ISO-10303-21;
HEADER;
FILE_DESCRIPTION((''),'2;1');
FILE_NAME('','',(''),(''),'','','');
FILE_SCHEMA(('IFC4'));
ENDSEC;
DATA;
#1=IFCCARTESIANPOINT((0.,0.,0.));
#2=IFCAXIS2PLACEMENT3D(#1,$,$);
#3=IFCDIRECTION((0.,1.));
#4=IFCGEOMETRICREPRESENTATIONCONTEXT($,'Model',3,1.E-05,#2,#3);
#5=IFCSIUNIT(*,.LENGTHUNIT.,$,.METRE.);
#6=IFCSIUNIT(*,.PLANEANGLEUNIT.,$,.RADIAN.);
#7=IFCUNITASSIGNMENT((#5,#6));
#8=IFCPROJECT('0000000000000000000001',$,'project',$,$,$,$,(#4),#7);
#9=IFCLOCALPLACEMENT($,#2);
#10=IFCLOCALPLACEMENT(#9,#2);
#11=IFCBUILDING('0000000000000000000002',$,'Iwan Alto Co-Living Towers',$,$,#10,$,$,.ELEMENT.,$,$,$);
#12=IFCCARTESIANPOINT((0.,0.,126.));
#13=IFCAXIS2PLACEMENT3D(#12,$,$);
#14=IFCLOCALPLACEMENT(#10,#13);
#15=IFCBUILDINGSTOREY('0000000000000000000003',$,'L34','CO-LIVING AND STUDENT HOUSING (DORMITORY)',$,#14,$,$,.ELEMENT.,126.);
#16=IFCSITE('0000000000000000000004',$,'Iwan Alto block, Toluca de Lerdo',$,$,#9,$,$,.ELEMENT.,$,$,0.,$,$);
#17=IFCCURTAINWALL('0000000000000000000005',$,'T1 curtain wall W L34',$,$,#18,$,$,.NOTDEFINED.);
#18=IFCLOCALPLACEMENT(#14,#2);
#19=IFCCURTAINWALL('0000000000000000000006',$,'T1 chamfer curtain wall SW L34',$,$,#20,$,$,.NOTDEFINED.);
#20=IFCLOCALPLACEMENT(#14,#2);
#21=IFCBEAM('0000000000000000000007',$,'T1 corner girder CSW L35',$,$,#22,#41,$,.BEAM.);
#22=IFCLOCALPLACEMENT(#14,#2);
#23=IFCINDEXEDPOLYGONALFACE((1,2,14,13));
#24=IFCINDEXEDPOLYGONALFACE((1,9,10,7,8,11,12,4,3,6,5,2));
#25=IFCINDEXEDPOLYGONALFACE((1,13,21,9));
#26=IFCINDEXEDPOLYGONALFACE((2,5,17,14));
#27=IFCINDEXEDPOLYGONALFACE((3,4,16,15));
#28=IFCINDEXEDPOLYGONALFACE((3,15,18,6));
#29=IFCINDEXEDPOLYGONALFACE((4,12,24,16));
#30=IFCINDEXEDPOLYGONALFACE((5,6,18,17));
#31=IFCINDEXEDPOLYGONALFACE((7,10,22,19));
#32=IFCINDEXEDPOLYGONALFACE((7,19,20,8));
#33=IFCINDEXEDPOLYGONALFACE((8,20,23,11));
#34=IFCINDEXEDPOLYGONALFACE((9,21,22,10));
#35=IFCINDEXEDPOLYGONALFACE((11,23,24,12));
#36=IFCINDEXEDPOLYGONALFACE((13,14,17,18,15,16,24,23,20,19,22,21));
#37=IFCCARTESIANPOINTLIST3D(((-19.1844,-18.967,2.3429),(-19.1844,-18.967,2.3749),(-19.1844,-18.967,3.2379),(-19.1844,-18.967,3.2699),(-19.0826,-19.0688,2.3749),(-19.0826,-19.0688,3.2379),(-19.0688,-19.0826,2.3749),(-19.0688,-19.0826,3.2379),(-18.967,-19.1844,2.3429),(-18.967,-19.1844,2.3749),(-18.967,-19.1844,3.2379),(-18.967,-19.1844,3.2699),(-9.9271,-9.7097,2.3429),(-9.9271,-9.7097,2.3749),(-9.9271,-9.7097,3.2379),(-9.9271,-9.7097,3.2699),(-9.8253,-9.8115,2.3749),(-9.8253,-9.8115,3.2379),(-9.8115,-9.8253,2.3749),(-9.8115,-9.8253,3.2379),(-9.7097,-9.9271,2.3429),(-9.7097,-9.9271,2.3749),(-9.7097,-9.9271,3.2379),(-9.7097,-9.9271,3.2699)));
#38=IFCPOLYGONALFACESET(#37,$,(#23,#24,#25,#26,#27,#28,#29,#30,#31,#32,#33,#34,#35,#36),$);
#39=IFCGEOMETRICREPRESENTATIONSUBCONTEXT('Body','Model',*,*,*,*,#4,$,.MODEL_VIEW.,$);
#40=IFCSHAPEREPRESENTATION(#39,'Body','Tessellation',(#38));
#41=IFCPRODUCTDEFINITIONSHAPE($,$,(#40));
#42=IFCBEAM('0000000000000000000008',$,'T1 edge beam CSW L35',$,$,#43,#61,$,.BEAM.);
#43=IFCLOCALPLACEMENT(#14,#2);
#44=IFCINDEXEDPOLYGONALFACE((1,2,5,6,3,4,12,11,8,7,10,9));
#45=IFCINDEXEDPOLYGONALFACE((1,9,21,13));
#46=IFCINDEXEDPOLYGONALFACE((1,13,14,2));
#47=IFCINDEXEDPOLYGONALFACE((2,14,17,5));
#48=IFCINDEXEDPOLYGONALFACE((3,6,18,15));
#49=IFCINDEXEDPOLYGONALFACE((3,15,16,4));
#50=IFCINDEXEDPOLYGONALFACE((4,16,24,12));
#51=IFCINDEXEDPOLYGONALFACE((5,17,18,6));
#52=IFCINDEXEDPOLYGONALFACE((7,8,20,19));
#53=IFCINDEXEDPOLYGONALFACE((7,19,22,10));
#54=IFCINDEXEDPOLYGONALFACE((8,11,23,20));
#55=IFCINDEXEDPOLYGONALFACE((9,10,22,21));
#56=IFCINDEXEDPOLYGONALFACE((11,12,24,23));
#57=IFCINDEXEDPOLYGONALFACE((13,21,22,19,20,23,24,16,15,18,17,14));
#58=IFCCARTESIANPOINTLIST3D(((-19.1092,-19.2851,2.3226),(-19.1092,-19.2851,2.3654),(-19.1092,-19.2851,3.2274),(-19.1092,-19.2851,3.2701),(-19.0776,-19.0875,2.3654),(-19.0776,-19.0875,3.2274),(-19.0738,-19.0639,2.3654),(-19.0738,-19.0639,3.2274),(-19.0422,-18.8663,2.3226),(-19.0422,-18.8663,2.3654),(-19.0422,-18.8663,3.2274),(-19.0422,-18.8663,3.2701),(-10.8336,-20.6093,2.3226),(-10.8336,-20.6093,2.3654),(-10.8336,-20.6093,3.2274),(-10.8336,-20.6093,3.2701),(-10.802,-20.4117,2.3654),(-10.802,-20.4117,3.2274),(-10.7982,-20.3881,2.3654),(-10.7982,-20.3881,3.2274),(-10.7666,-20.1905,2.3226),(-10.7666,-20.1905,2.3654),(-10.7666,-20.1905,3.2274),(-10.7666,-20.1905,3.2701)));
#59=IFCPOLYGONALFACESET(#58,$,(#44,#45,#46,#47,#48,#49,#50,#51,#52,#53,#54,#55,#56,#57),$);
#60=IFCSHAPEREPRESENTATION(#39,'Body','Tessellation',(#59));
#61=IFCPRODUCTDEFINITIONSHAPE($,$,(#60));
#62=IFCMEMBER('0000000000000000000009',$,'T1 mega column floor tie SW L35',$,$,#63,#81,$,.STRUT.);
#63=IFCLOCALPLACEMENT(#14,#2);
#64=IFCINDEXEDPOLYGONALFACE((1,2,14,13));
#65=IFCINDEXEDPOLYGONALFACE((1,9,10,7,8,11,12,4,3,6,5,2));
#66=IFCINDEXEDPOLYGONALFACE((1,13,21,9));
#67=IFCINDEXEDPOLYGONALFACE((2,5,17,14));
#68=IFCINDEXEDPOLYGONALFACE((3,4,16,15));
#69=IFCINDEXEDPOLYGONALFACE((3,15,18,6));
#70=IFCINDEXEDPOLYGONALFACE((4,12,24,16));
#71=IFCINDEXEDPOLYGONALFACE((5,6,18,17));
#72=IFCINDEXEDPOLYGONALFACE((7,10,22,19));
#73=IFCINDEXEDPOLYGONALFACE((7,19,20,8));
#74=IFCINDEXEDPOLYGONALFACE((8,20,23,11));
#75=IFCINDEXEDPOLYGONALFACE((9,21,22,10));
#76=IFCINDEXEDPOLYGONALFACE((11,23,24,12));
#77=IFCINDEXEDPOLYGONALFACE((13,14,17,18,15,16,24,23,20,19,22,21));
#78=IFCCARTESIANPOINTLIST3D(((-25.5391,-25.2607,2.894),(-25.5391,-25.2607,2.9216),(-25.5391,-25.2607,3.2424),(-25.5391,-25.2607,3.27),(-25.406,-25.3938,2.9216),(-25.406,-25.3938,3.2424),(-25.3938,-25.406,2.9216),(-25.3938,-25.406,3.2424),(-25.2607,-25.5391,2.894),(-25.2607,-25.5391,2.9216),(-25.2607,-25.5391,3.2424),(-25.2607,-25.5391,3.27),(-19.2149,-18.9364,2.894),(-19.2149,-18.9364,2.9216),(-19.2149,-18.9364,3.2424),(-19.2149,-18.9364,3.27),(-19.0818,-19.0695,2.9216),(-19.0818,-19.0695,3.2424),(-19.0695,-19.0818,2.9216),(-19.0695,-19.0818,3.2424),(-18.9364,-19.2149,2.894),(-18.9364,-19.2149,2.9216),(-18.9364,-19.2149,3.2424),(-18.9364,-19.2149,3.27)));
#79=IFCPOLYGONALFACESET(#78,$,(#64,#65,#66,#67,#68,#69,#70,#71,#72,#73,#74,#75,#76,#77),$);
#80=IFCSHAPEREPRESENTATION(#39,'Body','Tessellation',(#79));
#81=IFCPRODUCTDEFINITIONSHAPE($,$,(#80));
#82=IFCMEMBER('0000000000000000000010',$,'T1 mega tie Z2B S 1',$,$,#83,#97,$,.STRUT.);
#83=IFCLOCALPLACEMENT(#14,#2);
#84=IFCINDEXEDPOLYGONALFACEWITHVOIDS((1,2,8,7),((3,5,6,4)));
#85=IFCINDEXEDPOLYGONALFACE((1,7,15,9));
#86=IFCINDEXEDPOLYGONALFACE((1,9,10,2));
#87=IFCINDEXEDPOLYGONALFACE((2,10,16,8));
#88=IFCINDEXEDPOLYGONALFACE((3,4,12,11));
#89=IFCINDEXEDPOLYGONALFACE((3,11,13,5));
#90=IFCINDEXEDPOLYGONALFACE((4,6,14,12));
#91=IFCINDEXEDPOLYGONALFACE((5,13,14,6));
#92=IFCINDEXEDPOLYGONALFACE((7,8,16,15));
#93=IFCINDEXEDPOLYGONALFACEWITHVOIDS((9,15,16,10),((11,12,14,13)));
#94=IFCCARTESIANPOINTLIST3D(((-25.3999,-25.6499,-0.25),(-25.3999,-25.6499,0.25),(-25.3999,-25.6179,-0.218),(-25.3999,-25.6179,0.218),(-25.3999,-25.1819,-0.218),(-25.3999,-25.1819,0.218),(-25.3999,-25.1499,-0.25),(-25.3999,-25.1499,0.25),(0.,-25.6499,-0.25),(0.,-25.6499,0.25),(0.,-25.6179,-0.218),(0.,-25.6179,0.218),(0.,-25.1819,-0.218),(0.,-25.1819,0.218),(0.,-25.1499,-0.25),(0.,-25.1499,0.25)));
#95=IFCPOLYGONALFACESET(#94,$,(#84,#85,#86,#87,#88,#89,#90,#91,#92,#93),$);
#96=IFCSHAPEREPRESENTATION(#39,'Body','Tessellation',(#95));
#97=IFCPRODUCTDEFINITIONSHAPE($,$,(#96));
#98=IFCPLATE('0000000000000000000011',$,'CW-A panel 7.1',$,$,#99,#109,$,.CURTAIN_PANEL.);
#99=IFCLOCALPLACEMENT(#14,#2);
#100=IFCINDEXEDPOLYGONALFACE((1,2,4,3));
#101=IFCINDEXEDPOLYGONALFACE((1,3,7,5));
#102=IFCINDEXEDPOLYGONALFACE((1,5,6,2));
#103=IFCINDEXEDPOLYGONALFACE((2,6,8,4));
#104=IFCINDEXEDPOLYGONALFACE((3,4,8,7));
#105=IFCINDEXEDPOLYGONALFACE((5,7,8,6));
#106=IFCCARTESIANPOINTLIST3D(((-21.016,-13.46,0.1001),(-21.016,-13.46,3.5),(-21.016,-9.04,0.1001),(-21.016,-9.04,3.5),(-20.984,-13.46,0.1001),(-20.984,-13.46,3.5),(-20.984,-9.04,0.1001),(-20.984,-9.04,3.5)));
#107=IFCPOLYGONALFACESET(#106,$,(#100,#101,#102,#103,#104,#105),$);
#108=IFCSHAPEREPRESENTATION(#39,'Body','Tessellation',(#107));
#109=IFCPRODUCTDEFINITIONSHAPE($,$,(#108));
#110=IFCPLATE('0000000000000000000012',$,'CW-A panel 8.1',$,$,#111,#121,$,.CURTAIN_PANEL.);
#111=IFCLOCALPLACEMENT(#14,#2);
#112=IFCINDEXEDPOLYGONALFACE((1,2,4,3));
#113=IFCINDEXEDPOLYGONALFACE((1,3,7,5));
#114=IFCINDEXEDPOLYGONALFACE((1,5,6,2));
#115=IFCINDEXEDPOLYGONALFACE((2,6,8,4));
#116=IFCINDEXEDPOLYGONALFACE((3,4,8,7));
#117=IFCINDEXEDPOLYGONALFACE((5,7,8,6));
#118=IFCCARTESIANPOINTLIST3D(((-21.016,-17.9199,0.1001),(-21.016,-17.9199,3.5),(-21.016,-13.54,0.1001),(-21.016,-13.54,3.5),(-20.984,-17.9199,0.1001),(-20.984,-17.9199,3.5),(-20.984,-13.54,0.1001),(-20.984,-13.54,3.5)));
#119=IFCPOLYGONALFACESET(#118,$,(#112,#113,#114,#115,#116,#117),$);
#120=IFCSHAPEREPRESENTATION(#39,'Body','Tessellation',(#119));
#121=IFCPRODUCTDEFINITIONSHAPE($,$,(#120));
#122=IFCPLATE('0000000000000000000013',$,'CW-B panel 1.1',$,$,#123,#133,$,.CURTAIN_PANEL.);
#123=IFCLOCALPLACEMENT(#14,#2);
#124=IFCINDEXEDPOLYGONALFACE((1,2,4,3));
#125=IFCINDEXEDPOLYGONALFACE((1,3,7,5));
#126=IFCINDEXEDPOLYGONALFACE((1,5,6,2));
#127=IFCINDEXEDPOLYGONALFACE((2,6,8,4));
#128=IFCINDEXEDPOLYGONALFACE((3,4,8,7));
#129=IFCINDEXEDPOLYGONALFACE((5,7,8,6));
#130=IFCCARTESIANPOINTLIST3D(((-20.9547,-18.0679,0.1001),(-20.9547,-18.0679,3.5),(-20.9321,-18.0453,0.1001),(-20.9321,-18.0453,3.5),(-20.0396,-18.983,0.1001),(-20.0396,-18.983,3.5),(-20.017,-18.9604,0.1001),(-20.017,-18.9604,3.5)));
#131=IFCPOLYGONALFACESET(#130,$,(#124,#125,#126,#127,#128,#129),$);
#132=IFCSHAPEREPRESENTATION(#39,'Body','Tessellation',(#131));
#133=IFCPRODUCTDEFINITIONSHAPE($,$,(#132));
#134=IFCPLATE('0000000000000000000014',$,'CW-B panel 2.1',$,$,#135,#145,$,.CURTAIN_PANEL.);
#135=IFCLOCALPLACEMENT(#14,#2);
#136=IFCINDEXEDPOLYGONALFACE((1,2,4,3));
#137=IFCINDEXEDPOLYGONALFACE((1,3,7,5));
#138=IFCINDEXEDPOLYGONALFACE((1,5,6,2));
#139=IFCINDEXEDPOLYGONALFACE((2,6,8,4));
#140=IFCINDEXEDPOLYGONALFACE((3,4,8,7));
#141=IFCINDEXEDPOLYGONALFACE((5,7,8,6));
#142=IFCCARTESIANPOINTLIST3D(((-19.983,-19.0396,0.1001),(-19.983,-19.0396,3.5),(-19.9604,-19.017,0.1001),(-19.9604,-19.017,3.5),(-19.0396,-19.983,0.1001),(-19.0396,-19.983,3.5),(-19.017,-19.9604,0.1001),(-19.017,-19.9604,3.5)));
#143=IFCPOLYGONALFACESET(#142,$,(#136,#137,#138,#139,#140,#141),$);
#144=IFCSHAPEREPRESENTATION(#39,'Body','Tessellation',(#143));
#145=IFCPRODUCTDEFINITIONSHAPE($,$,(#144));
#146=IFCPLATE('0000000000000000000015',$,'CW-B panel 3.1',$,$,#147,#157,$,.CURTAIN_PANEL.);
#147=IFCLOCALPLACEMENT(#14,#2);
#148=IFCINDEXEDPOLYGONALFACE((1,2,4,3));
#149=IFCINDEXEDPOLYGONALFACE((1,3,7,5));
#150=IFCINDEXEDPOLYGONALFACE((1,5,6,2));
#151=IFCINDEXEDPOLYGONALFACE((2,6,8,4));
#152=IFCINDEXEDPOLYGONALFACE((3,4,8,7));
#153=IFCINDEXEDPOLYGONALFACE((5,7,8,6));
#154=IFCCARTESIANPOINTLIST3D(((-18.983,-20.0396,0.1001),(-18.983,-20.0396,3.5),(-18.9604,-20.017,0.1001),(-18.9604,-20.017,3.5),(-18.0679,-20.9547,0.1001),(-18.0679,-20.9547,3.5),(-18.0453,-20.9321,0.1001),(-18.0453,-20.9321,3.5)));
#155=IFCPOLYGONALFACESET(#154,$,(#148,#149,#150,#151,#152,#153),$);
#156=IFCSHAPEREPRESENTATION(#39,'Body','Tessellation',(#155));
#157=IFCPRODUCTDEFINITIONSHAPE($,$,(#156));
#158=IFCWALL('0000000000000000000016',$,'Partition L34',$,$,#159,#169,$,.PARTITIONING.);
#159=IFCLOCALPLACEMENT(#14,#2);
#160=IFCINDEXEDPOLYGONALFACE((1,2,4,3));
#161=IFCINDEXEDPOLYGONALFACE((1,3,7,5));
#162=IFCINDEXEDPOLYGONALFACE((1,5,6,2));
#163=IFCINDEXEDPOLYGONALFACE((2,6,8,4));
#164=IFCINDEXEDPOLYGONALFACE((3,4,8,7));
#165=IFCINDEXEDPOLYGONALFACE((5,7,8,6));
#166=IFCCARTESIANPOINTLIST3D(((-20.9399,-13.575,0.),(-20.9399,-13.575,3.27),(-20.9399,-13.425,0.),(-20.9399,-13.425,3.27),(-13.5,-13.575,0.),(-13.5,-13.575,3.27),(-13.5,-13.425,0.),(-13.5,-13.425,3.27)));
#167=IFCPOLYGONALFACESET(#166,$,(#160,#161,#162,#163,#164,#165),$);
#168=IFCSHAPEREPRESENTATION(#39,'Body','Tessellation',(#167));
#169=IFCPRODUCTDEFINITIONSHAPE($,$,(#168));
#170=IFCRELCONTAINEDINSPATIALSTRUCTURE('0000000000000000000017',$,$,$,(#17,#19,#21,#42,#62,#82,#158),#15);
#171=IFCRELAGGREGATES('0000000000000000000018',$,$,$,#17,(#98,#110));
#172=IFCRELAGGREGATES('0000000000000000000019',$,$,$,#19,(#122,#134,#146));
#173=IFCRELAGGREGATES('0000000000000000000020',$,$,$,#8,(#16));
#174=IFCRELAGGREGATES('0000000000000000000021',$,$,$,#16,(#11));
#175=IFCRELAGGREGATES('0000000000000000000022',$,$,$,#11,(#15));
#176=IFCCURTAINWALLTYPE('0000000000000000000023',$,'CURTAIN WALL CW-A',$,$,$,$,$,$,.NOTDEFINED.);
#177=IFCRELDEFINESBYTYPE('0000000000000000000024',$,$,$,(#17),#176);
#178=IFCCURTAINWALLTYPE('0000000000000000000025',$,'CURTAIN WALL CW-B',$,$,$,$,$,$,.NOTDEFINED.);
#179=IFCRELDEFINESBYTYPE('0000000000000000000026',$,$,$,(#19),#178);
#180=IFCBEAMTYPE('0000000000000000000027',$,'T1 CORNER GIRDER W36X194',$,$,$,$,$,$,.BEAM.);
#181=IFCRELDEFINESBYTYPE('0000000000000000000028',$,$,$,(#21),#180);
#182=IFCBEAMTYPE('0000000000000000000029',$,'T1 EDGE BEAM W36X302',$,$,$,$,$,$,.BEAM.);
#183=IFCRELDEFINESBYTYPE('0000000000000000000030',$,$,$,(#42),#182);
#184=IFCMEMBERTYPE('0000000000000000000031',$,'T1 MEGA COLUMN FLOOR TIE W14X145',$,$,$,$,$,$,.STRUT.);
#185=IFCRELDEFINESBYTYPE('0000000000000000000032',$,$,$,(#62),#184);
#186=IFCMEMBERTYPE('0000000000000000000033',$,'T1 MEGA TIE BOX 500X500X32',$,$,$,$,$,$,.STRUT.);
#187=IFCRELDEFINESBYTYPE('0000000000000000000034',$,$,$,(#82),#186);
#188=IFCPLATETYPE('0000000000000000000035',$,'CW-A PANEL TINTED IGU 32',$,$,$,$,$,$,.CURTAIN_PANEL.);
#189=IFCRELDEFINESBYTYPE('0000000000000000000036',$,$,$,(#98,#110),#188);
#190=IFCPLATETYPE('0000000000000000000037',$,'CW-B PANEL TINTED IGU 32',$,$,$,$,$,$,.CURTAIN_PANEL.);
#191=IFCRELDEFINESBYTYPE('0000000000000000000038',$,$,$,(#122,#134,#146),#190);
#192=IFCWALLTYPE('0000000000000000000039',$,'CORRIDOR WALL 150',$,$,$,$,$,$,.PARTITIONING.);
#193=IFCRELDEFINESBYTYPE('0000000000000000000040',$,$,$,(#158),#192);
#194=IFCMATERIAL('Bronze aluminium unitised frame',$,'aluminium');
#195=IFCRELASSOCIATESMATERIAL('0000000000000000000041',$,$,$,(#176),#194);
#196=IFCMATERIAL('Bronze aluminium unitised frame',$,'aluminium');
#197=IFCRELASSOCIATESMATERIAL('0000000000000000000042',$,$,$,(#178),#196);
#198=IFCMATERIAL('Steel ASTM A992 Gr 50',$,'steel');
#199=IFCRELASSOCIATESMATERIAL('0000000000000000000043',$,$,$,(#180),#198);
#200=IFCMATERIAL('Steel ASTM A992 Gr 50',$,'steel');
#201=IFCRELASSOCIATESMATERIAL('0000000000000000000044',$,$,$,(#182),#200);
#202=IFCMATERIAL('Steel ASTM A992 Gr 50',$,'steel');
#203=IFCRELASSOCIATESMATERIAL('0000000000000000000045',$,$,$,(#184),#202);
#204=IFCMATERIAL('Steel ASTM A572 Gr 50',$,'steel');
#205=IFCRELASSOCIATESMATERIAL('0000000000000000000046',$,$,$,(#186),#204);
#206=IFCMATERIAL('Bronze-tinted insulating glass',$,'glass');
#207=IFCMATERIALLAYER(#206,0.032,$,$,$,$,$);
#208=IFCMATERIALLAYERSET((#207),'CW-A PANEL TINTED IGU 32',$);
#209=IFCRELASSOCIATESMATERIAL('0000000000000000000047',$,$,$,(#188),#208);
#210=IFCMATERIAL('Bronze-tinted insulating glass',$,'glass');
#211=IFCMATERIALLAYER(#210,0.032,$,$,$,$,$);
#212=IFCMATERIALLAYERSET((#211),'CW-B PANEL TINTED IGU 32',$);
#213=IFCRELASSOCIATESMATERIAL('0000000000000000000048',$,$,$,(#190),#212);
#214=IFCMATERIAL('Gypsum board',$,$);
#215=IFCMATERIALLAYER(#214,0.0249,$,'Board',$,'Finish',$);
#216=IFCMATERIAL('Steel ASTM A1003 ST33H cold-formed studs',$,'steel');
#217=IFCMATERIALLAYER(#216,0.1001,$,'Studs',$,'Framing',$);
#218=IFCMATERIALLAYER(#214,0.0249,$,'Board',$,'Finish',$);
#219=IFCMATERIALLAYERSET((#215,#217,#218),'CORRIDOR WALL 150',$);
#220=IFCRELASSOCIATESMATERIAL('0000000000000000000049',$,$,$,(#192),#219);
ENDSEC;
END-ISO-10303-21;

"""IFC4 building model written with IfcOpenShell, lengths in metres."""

from ifc_helpers import new_model, si_unit, direction, frame, frame_2d, origin, origin_2d, place, context, subcontext, project, spatial, rectangle, hollow_rectangle, i_section, extrude, material, layer, layer_set, material_profile, profile_set, type_object, element, aggregate, save


model = new_model("IFC4")

# Units and contexts
model_context = context("Model", 3, precision=1e-05, world=origin(), true_north=direction((0.0, 1.0)))
body_context = subcontext(model_context, "Body", "Model", "MODEL_VIEW")
ifc_project = project(units=[si_unit("LENGTHUNIT", "METRE"), si_unit("PLANEANGLEUNIT", "RADIAN")], contexts=[model_context])

# Site, building, storey
site_placement = place(None, origin())
site = spatial("IfcSite", under=ifc_project, at=site_placement, Name="Iwan Alto block, Toluca de Lerdo", CompositionType="ELEMENT", RefElevation=0.0)
building_placement = place(site_placement, origin())
building = spatial("IfcBuilding", under=site, at=building_placement, Name="Iwan Alto Co-Living Towers", CompositionType="ELEMENT")
storey_placement = place(building_placement, frame((0.0, 0.0, 126.0)))
storey = spatial("IfcBuildingStorey", under=building, at=storey_placement, Name="L34", Description="CO-LIVING AND STUDENT HOUSING (DORMITORY)", CompositionType="ELEMENT", Elevation=126.0)

# Curtain walls
ifc_material_1 = material(Name="Bronze aluminium unitised frame", Category="aluminium")
curtain_wall_type_1 = type_object("IfcCurtainWallType", Name="CURTAIN WALL CW-A", PredefinedType="NOTDEFINED", material=ifc_material_1)
curtain_wall_1_placement = place(storey_placement, origin())
curtain_wall_1 = element("IfcCurtainWall", 1, at=curtain_wall_1_placement, inside=storey, type_object=curtain_wall_type_1, Name="T1 curtain wall W L34", PredefinedType="NOTDEFINED")
ifc_material_2 = material(Name="Bronze aluminium unitised frame", Category="aluminium")
curtain_wall_type_2 = type_object("IfcCurtainWallType", Name="CURTAIN WALL CW-B", PredefinedType="NOTDEFINED", material=ifc_material_2)
curtain_wall_2_placement = place(storey_placement, origin())
curtain_wall_2 = element("IfcCurtainWall", 2, at=curtain_wall_2_placement, inside=storey, type_object=curtain_wall_type_2, Name="T1 chamfer curtain wall SW L34", PredefinedType="NOTDEFINED")

# Beams
ifc_material_3 = material(Name="Steel ASTM A992 Gr 50", Category="steel")
ifc_material_profile_1 = material_profile(ifc_material_3, i_section(OverallWidth=0.3074, OverallDepth=0.927, WebThickness=0.0195, FlangeThickness=0.032, at=origin_2d()), Name="W36X194")
ifc_profile_set_1 = profile_set([ifc_material_profile_1], Name="Steel ASTM A992 Gr 50")
beam_type_1 = type_object("IfcBeamType", Name="T1 CORNER GIRDER W36X194", PredefinedType="BEAM", material=ifc_profile_set_1)
beam_1_placement = place(storey_placement, frame((-19.0757, -19.0757, 2.8064), z_axis=(0.707107, 0.707107, 0.0), x_axis=(-0.707107, 0.707107, 0.0)))
element("IfcBeam", 3, at=beam_1_placement, inside=storey, type_object=beam_type_1, Name="T1 corner girder CSW L35", PredefinedType="BEAM", context=body_context, shape_type="SweptSolid", body=[
    extrude(i_section(OverallWidth=0.3074, OverallDepth=0.927, WebThickness=0.0195, FlangeThickness=0.032, at=origin_2d()), origin(), (0.0, 0.0, 1.0), 13.0918),
])
ifc_material_4 = material(Name="Steel ASTM A992 Gr 50", Category="steel")
ifc_material_profile_2 = material_profile(ifc_material_4, i_section(OverallWidth=0.4241, OverallDepth=0.9475, WebThickness=0.0239, FlangeThickness=0.0427, at=origin_2d()), Name="W36X302")
ifc_profile_set_2 = profile_set([ifc_material_profile_2], Name="Steel ASTM A992 Gr 50")
beam_type_2 = type_object("IfcBeamType", Name="T1 EDGE BEAM W36X302", PredefinedType="BEAM", material=ifc_profile_set_2)
beam_2_placement = place(storey_placement, frame((-19.0757, -19.0757, 2.7964), z_axis=(0.987438, -0.158004, 0.0), x_axis=(0.158004, 0.987438, 0.0)))
element("IfcBeam", 4, at=beam_2_placement, inside=storey, type_object=beam_type_2, Name="T1 edge beam CSW L35", PredefinedType="BEAM", context=body_context, shape_type="SweptSolid", body=[
    extrude(i_section(OverallWidth=0.4241, OverallDepth=0.9475, WebThickness=0.0239, FlangeThickness=0.0427, at=origin_2d()), origin(), (0.0, 0.0, 1.0), 8.3809),
])

# Members
ifc_material_5 = material(Name="Steel ASTM A992 Gr 50", Category="steel")
ifc_material_profile_3 = material_profile(ifc_material_5, i_section(OverallWidth=0.3938, OverallDepth=0.376, WebThickness=0.0173, FlangeThickness=0.0276, at=origin_2d()), Name="W14X145")
ifc_profile_set_3 = profile_set([ifc_material_profile_3], Name="Steel ASTM A992 Gr 50")
member_type_1 = type_object("IfcMemberType", Name="T1 MEGA COLUMN FLOOR TIE W14X145", PredefinedType="STRUT", material=ifc_profile_set_3)
member_1_placement = place(storey_placement, frame((-25.3999, -25.3999, 3.082), z_axis=(0.707107, 0.707107, 0.0), x_axis=(-0.707107, 0.707107, 0.0)))
element("IfcMember", 5, at=member_1_placement, inside=storey, type_object=member_type_1, Name="T1 mega column floor tie SW L35", PredefinedType="STRUT", context=body_context, shape_type="SweptSolid", body=[
    extrude(i_section(OverallWidth=0.3938, OverallDepth=0.376, WebThickness=0.0173, FlangeThickness=0.0276, at=origin_2d()), origin(), (0.0, 0.0, 1.0), 8.9438),
])
ifc_material_6 = material(Name="Steel ASTM A572 Gr 50", Category="steel")
ifc_material_profile_4 = material_profile(ifc_material_6, hollow_rectangle(XDim=0.5, YDim=0.5, WallThickness=0.032, at=origin_2d()), Name="BOX 500X500X32")
ifc_profile_set_4 = profile_set([ifc_material_profile_4], Name="Steel ASTM A572 Gr 50")
member_type_2 = type_object("IfcMemberType", Name="T1 MEGA TIE BOX 500X500X32", PredefinedType="STRUT", material=ifc_profile_set_4)
member_2_placement = place(storey_placement, frame((-25.3999, -25.3999, 0.0), z_axis=(1.0, 0.0, 0.0), x_axis=(0.0, 1.0, 0.0)))
element("IfcMember", 6, at=member_2_placement, inside=storey, type_object=member_type_2, Name="T1 mega tie Z2B S 1", PredefinedType="STRUT", context=body_context, shape_type="SweptSolid", body=[
    extrude(hollow_rectangle(XDim=0.5, YDim=0.5, WallThickness=0.032, at=origin_2d()), origin(), (0.0, 0.0, 1.0), 25.3999),
])

# Plates
ifc_material_7 = material(Name="Bronze-tinted insulating glass", Category="glass")
ifc_layer_1 = layer(ifc_material_7, 0.032)
ifc_layer_set_1 = layer_set([ifc_layer_1], Name="CW-A PANEL TINTED IGU 32")
plate_type_1 = type_object("IfcPlateType", Name="CW-A PANEL TINTED IGU 32", PredefinedType="CURTAIN_PANEL", material=ifc_layer_set_1)
plate_1_placement = place(storey_placement, frame((-21.0, -11.25, 0.1001), z_axis=(0.0, 0.0, 1.0), x_axis=(0.0, -1.0, 0.0)))
plate_1 = element("IfcPlate", 7, at=plate_1_placement, type_object=plate_type_1, Name="CW-A panel 7.1", PredefinedType="CURTAIN_PANEL", context=body_context, shape_type="SweptSolid", body=[
    extrude(rectangle(XDim=4.4199, YDim=0.032, at=origin_2d()), origin(), (0.0, 0.0, 1.0), 3.3999),
])
plate_2_placement = place(storey_placement, frame((-21.0, -15.73, 0.1001), z_axis=(0.0, 0.0, 1.0), x_axis=(0.0, -1.0, 0.0)))
plate_2 = element("IfcPlate", 8, at=plate_2_placement, type_object=plate_type_1, Name="CW-A panel 8.1", PredefinedType="CURTAIN_PANEL", context=body_context, shape_type="SweptSolid", body=[
    extrude(rectangle(XDim=4.3799, YDim=0.032, at=origin_2d()), origin(), (0.0, 0.0, 1.0), 3.3999),
])
aggregate(curtain_wall_1, [plate_1, plate_2])
ifc_material_8 = material(Name="Bronze-tinted insulating glass", Category="glass")
ifc_layer_2 = layer(ifc_material_8, 0.032)
ifc_layer_set_2 = layer_set([ifc_layer_2], Name="CW-B PANEL TINTED IGU 32")
plate_type_2 = type_object("IfcPlateType", Name="CW-B PANEL TINTED IGU 32", PredefinedType="CURTAIN_PANEL", material=ifc_layer_set_2)
plate_3_placement = place(storey_placement, frame((-20.4858, -18.5142, 0.1001), z_axis=(0.0, 0.0, 1.0), x_axis=(0.707107, -0.707107, 0.0)))
plate_3 = element("IfcPlate", 9, at=plate_3_placement, type_object=plate_type_2, Name="CW-B panel 1.1", PredefinedType="CURTAIN_PANEL", context=body_context, shape_type="SweptSolid", body=[
    extrude(rectangle(XDim=1.2942, YDim=0.032, at=origin_2d()), origin(), (0.0, 0.0, 1.0), 3.3999),
])
plate_4_placement = place(storey_placement, frame((-19.5, -19.5, 0.1001), z_axis=(0.0, 0.0, 1.0), x_axis=(0.707107, -0.707107, 0.0)))
plate_4 = element("IfcPlate", 10, at=plate_4_placement, type_object=plate_type_2, Name="CW-B panel 2.1", PredefinedType="CURTAIN_PANEL", context=body_context, shape_type="SweptSolid", body=[
    extrude(rectangle(XDim=1.3342, YDim=0.032, at=origin_2d()), origin(), (0.0, 0.0, 1.0), 3.3999),
])
plate_5_placement = place(storey_placement, frame((-18.5142, -20.4858, 0.1001), z_axis=(0.0, 0.0, 1.0), x_axis=(0.707107, -0.707107, 0.0)))
plate_5 = element("IfcPlate", 11, at=plate_5_placement, type_object=plate_type_2, Name="CW-B panel 3.1", PredefinedType="CURTAIN_PANEL", context=body_context, shape_type="SweptSolid", body=[
    extrude(rectangle(XDim=1.2942, YDim=0.032, at=origin_2d()), origin(), (0.0, 0.0, 1.0), 3.3999),
])
aggregate(curtain_wall_2, [plate_3, plate_4, plate_5])

# Wall
ifc_material_9 = material(Name="Gypsum board")
ifc_layer_3 = layer(ifc_material_9, 0.0249, Name="Board", Category="Finish")
ifc_material_10 = material(Name="Steel ASTM A1003 ST33H cold-formed studs", Category="steel")
ifc_layer_4 = layer(ifc_material_10, 0.1001, Name="Studs", Category="Framing")
ifc_layer_5 = layer(ifc_material_9, 0.0249, Name="Board", Category="Finish")
ifc_layer_set_3 = layer_set([ifc_layer_3, ifc_layer_4, ifc_layer_5], Name="CORRIDOR WALL 150")
wall_type = type_object("IfcWallType", Name="CORRIDOR WALL 150", PredefinedType="PARTITIONING", material=ifc_layer_set_3)
wall_placement = place(storey_placement, frame((-20.9399, -13.5, 0.0), z_axis=(0.0, 0.0, 1.0), x_axis=(1.0, 0.0, 0.0)))
element("IfcWall", 12, at=wall_placement, inside=storey, type_object=wall_type, Name="Partition L34", PredefinedType="PARTITIONING", context=body_context, shape_type="SweptSolid", body=[
    extrude(rectangle(XDim=7.4399, YDim=0.1499, at=frame_2d((3.72, 0.0))), origin(), (0.0, 0.0, 1.0), 3.27),
])

save(model, "model.ifc")
